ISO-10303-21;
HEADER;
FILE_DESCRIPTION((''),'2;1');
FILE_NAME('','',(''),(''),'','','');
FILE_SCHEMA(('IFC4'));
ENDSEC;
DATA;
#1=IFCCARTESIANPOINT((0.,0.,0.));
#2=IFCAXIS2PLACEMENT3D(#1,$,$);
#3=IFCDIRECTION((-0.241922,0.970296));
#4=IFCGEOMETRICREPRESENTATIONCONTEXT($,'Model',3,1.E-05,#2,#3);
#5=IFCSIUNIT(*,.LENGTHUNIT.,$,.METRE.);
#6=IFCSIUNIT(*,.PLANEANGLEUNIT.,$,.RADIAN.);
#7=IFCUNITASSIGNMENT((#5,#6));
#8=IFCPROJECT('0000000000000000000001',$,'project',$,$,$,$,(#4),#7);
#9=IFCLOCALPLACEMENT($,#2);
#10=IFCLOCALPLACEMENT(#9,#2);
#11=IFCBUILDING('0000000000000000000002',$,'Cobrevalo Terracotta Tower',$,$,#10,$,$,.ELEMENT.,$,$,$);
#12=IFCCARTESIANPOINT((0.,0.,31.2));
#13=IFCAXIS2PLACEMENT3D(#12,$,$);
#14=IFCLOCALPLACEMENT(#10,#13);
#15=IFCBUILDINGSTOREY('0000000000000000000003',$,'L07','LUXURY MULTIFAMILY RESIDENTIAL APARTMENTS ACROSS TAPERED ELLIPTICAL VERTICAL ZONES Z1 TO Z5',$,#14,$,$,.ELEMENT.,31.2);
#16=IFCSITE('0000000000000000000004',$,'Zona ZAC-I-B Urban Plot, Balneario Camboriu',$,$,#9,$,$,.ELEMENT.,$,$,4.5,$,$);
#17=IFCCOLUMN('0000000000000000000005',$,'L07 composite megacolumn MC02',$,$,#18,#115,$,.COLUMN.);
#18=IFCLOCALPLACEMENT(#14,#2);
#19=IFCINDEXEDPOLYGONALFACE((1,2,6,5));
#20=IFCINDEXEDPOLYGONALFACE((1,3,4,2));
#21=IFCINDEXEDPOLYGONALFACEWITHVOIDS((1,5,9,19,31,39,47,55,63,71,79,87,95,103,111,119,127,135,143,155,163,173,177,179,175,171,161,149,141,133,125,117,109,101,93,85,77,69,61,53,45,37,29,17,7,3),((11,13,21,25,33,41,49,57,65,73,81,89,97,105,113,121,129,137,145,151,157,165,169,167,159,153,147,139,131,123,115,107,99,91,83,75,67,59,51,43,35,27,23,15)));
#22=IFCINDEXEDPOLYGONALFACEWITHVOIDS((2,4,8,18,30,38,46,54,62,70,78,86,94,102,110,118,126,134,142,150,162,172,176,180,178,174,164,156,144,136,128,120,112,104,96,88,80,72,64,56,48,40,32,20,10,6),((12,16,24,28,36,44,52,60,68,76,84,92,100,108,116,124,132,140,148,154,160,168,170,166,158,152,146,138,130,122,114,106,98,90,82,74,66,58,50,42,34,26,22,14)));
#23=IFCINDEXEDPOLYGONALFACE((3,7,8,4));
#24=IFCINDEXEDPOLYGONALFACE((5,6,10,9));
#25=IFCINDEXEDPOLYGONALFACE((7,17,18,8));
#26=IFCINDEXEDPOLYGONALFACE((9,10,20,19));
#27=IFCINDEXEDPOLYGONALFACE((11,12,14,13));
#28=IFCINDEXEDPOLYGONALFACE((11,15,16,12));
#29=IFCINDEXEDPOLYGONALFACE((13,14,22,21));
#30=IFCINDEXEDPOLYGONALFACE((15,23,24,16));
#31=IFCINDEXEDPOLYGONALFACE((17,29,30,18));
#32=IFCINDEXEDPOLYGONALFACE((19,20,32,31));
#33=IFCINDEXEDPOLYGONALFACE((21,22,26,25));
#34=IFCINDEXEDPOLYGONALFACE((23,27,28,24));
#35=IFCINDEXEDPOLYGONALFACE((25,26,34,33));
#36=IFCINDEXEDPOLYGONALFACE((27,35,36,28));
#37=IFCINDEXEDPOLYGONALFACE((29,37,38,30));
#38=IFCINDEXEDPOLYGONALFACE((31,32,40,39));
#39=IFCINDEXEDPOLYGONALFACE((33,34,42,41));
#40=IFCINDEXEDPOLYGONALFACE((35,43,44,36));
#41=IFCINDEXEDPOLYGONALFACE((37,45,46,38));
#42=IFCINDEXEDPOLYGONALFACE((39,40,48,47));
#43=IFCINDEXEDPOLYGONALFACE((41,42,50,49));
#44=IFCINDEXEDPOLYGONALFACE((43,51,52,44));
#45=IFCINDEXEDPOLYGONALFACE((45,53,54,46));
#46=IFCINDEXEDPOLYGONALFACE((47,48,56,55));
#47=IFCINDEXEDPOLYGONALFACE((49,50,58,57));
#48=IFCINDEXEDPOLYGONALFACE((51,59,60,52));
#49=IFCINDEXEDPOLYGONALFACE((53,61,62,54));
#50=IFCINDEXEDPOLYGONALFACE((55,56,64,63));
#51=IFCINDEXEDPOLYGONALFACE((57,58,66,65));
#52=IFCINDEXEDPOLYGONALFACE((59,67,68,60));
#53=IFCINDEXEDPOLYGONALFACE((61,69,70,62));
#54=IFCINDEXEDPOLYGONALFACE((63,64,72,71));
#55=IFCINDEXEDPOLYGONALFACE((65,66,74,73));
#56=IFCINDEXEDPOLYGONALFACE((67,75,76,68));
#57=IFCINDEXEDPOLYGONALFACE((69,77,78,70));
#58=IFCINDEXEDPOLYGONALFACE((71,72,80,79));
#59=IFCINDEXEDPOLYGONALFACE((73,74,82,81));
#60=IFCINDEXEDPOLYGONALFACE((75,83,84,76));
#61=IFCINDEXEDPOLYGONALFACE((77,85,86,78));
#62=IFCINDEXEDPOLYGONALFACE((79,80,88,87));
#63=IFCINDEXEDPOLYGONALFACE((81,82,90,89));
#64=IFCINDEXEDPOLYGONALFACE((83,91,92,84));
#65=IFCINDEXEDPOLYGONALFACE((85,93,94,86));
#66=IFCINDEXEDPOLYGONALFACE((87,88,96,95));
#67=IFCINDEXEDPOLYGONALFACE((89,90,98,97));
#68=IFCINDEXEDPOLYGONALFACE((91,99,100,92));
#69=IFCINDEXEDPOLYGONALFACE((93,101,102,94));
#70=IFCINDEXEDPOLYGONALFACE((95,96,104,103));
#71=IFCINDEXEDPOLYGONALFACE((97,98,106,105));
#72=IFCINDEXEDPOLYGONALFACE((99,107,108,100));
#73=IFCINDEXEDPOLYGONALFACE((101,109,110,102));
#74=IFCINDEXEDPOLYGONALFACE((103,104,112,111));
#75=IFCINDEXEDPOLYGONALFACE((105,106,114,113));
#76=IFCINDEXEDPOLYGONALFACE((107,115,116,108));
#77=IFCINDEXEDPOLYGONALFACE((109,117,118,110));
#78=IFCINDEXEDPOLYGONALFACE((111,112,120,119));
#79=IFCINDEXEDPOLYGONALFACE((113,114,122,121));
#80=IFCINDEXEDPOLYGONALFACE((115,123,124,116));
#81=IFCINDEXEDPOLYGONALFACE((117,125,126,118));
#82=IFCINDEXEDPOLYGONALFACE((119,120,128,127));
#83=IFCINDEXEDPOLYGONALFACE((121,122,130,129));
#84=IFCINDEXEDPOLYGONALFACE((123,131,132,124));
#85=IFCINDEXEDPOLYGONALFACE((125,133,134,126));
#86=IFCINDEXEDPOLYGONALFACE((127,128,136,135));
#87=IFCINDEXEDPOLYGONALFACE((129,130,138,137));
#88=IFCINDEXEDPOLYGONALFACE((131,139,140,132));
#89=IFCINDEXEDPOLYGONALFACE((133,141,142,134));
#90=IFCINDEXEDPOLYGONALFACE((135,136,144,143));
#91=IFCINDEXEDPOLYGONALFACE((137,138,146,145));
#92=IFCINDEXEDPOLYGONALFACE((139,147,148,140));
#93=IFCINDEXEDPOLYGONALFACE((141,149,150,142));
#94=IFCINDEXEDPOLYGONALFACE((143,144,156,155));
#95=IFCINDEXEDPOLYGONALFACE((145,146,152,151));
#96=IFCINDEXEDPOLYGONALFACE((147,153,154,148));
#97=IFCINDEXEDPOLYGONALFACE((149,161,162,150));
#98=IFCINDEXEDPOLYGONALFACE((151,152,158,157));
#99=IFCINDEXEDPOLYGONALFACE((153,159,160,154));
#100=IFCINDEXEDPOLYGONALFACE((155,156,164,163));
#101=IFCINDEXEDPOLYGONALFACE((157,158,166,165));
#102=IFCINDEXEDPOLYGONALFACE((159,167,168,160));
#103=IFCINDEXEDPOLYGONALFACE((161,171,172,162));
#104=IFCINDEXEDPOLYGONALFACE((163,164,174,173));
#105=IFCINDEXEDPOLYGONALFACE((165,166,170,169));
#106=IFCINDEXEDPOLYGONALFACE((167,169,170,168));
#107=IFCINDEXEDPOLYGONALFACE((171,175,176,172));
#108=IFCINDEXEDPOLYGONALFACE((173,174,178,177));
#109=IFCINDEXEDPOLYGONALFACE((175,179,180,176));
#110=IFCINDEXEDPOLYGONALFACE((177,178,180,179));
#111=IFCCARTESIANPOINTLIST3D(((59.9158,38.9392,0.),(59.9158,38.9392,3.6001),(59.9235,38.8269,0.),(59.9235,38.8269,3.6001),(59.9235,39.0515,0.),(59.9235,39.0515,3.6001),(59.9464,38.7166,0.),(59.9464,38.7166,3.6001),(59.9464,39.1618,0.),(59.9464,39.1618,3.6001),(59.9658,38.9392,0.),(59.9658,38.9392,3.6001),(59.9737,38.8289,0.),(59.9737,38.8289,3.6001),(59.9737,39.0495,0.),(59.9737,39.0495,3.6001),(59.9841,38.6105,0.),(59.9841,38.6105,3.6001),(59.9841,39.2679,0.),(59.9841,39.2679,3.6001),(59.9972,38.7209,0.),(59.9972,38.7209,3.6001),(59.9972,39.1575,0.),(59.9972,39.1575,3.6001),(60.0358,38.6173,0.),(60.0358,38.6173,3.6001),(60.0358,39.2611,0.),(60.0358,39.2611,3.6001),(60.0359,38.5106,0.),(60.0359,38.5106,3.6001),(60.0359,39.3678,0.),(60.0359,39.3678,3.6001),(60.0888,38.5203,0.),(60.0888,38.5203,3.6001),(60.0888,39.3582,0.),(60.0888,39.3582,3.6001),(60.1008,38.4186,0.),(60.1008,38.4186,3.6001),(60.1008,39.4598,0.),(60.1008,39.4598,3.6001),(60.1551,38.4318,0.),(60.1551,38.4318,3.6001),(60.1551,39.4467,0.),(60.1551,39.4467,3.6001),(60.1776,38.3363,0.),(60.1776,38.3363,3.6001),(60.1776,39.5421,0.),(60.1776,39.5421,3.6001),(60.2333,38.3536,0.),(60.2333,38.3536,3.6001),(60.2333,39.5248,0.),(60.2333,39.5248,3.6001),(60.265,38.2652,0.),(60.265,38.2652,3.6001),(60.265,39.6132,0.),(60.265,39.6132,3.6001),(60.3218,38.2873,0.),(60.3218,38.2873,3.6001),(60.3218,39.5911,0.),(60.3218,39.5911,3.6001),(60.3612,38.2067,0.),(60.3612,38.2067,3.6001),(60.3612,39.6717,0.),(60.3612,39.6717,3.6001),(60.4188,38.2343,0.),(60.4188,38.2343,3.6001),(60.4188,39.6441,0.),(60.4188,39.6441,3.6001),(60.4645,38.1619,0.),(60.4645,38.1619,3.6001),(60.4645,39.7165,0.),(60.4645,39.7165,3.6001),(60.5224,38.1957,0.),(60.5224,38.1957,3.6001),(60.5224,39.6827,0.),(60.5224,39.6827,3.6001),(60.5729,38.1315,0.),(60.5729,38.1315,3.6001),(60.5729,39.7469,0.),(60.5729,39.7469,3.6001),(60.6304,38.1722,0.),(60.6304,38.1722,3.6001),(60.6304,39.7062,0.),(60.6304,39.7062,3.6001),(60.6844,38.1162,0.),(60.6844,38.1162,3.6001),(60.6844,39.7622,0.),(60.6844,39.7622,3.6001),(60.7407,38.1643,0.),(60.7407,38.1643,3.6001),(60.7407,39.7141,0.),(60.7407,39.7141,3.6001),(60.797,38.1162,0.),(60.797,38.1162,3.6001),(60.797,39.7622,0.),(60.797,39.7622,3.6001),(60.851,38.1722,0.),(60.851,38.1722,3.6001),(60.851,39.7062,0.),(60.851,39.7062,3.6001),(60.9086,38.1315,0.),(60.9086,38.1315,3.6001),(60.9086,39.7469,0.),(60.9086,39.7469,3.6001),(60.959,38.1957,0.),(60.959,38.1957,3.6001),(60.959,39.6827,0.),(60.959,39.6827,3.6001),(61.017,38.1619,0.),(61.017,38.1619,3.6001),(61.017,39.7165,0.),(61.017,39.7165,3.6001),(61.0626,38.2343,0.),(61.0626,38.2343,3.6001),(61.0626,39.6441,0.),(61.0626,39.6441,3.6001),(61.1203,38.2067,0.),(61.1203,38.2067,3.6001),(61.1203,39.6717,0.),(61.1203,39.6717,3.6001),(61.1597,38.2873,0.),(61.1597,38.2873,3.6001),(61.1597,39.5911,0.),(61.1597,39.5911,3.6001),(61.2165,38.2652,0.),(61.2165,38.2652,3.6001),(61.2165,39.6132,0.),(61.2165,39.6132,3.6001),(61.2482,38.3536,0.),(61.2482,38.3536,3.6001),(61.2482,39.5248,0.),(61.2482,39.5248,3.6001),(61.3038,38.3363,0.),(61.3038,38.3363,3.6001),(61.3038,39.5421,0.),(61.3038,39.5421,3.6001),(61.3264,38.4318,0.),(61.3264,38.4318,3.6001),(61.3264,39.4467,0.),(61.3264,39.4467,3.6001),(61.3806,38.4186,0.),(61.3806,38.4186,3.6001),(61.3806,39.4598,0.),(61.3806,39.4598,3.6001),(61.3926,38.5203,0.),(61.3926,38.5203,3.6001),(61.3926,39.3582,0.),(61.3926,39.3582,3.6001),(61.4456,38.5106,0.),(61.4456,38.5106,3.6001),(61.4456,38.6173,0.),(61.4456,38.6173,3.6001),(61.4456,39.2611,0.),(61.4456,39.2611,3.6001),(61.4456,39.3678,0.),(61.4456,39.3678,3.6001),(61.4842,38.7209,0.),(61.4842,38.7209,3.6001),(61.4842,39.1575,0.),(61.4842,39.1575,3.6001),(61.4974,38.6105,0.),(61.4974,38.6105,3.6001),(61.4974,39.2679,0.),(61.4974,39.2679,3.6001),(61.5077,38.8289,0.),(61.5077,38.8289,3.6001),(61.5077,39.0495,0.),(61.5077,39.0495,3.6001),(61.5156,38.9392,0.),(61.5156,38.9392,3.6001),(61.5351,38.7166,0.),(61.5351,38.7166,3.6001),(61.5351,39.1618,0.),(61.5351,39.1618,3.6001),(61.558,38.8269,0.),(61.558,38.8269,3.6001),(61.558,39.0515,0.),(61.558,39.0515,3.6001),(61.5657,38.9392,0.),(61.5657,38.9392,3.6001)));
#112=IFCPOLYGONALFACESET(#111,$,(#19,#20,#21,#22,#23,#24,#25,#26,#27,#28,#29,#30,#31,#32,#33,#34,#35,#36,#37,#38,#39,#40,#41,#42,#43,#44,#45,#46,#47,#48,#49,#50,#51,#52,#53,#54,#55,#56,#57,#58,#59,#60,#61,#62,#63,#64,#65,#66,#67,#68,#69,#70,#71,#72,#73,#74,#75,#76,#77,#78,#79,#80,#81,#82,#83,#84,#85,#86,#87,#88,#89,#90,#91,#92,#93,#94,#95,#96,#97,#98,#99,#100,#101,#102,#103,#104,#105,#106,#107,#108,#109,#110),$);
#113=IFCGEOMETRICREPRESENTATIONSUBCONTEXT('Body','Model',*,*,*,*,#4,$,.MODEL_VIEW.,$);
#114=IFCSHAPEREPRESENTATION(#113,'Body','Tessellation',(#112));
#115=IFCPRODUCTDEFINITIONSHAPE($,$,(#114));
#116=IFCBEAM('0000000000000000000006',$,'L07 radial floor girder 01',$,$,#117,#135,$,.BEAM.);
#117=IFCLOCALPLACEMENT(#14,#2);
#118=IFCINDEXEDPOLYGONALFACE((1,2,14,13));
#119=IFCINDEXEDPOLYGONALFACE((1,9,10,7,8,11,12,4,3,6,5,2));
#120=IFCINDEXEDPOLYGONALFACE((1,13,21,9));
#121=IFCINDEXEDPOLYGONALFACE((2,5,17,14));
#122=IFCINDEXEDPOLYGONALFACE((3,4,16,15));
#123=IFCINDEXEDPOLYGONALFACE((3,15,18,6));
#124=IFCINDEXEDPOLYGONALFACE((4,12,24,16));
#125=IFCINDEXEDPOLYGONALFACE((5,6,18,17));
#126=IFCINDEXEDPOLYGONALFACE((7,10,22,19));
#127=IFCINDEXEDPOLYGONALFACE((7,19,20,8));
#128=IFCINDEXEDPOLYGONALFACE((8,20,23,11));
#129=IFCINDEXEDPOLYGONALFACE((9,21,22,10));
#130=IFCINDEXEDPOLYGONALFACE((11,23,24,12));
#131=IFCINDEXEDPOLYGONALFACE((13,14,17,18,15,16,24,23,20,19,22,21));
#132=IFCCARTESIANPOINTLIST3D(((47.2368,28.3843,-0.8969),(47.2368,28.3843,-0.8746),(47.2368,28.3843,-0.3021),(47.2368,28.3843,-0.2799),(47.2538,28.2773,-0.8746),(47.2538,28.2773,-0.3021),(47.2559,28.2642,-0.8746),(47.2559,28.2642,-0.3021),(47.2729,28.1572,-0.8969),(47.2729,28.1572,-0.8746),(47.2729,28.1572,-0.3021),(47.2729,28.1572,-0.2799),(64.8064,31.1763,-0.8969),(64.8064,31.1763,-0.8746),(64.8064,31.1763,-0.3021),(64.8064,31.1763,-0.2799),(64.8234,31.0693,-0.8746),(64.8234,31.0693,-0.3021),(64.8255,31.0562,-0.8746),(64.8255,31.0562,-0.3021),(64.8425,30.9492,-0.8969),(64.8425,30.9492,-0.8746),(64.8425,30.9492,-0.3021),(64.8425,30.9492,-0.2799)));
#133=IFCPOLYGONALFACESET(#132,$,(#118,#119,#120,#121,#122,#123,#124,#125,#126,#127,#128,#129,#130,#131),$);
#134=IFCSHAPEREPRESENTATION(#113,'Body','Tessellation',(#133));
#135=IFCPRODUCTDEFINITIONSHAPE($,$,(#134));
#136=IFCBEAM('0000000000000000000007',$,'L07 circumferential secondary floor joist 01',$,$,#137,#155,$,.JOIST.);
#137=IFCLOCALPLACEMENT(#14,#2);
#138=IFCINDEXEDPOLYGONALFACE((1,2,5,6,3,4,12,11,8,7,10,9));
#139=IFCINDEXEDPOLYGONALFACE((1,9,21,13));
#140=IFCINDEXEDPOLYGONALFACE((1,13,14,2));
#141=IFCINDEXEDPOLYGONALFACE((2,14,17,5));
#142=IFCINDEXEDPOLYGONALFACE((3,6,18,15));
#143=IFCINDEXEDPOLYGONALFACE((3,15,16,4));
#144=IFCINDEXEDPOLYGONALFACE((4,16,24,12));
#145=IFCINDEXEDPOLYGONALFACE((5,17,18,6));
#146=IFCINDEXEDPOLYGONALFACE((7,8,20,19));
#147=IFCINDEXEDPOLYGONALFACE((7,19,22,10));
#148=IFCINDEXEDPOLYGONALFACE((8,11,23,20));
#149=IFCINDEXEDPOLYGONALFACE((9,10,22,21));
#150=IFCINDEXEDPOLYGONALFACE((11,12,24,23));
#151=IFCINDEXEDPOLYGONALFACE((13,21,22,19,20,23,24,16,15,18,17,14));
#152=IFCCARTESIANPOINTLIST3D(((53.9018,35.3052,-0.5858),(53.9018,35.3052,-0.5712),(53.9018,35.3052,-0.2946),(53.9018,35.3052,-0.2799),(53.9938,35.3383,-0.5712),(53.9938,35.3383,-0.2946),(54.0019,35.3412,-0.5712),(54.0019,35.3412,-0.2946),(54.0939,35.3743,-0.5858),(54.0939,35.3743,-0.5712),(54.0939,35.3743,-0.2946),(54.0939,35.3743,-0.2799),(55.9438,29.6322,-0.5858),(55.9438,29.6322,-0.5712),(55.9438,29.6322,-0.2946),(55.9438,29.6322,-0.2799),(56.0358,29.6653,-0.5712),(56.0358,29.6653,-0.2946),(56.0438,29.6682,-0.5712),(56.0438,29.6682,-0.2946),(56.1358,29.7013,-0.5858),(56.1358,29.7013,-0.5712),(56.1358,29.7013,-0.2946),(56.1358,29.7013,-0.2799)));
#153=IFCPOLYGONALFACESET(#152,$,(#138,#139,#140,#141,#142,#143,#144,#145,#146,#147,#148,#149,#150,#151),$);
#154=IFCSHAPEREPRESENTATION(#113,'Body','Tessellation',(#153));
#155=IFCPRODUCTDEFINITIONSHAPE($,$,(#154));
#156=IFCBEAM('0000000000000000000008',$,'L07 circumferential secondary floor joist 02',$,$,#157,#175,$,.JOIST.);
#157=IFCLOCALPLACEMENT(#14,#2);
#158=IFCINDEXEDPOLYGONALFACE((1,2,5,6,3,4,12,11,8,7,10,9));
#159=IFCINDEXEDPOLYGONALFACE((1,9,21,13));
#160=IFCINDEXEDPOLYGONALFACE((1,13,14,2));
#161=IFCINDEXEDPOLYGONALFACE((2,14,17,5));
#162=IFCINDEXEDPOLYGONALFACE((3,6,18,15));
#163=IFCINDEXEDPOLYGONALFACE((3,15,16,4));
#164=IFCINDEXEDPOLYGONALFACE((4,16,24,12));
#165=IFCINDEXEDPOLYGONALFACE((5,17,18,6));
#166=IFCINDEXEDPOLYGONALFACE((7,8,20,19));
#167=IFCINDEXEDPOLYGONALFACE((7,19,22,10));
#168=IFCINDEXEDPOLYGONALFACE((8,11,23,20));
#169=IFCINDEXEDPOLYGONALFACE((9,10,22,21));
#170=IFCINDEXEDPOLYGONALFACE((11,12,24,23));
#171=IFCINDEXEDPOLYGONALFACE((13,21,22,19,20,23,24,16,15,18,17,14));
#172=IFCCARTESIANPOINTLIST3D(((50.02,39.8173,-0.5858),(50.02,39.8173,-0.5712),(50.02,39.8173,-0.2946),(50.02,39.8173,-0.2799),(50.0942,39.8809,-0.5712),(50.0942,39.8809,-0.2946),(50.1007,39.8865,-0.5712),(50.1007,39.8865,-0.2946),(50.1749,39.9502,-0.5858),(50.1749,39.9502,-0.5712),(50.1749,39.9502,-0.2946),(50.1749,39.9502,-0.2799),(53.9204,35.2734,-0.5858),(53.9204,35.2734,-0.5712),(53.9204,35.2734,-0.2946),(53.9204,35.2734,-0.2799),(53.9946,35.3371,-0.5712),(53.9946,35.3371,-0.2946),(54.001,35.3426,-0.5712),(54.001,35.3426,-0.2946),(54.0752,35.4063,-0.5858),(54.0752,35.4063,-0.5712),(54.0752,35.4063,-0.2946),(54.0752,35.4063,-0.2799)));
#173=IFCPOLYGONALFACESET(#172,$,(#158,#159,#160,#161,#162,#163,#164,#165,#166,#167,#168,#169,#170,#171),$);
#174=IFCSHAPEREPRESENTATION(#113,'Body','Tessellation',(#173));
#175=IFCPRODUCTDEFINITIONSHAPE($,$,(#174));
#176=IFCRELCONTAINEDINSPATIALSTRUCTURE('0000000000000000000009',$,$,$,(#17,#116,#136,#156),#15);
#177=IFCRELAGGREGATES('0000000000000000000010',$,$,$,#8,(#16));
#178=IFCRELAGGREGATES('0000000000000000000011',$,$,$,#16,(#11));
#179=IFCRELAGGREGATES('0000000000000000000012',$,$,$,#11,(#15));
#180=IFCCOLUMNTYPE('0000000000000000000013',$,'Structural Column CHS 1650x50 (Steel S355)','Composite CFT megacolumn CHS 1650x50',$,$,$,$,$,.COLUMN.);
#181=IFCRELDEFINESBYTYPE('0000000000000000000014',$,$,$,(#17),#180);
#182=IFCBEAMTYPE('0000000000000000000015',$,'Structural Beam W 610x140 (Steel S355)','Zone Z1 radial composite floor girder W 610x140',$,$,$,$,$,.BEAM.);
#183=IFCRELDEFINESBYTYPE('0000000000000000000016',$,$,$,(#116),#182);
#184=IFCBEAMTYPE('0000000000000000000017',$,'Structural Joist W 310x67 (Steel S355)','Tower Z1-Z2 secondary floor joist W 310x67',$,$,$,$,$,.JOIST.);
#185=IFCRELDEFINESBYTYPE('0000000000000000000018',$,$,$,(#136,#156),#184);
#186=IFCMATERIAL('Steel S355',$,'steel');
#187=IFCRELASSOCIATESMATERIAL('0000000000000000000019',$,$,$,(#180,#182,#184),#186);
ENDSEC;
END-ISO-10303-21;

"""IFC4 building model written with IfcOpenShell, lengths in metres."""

from ifc_helpers import new_model, si_unit, direction, frame, origin, origin_2d, place, context, subcontext, project, spatial, hollow_circle, i_section, extrude, material, material_profile, profile_set, type_object, element, save


model = new_model("IFC4")

# Units and contexts
model_context = context("Model", 3, precision=1e-05, world=origin(), true_north=direction((-0.241922, 0.970296)))
body_context = subcontext(model_context, "Body", "Model", "MODEL_VIEW")
ifc_project = project(units=[si_unit("LENGTHUNIT", "METRE"), si_unit("PLANEANGLEUNIT", "RADIAN")], contexts=[model_context])

# Site, building, storey
site_placement = place(None, origin())
site = spatial("IfcSite", under=ifc_project, at=site_placement, Name="Zona ZAC-I-B Urban Plot, Balneario Camboriu", CompositionType="ELEMENT", RefElevation=4.5)
building_placement = place(site_placement, origin())
building = spatial("IfcBuilding", under=site, at=building_placement, Name="Cobrevalo Terracotta Tower", CompositionType="ELEMENT")
storey_placement = place(building_placement, frame((0.0, 0.0, 31.2)))
storey = spatial("IfcBuildingStorey", under=building, at=storey_placement, Name="L07", Description="LUXURY MULTIFAMILY RESIDENTIAL APARTMENTS ACROSS TAPERED ELLIPTICAL VERTICAL ZONES Z1 TO Z5", CompositionType="ELEMENT", Elevation=31.2)

# Column
ifc_material_1 = material(Name="Steel S355", Category="steel")
ifc_material_profile_1 = material_profile(ifc_material_1, hollow_circle(Radius=0.825, WallThickness=0.05, at=origin_2d()), Name="CHS 1650x50")
ifc_profile_set_1 = profile_set([ifc_material_profile_1], Name="Steel S355")
column_type = type_object("IfcColumnType", Name="Structural Column CHS 1650x50 (Steel S355)", Description="Composite CFT megacolumn CHS 1650x50", PredefinedType="COLUMN", material=ifc_profile_set_1)
for number, where, z_axis, x_axis, name in (
    (1, (60.7407, 38.9392, 0.0), (0.0, 0.0, 1.0), (1.0, 0.0, 0.0), "L07 composite megacolumn MC02"),
):
    element("IfcColumn", number, at=place(storey_placement, frame(where, z_axis=z_axis, x_axis=x_axis)), inside=storey, type_object=column_type, Name=name, PredefinedType="COLUMN", context=body_context, shape_type="SweptSolid", body=[
        extrude(hollow_circle(Radius=0.825, WallThickness=0.05, at=origin_2d()), origin(), (0.0, 0.0, 1.0), 3.6001),
    ])

# Beams
ifc_material_profile_2 = material_profile(ifc_material_1, i_section(OverallWidth=0.23, OverallDepth=0.6169, WebThickness=0.0132, FlangeThickness=0.0222, at=origin_2d()), Name="W 610x140")
ifc_profile_set_2 = profile_set([ifc_material_profile_2], Name="Steel S355")
beam_type_1 = type_object("IfcBeamType", Name="Structural Beam W 610x140 (Steel S355)", Description="Zone Z1 radial composite floor girder W 610x140", PredefinedType="BEAM", material=ifc_profile_set_2)
beam_1_placement = place(storey_placement, frame((64.8245, 31.0627, -0.5884), z_axis=(-0.987608, -0.156941, 0.0), x_axis=(0.156941, -0.987608, 0.0)))
element("IfcBeam", 2, at=beam_1_placement, inside=storey, type_object=beam_type_1, Name="L07 radial floor girder 01", PredefinedType="BEAM", context=body_context, shape_type="SweptSolid", body=[
    extrude(i_section(OverallWidth=0.23, OverallDepth=0.6169, WebThickness=0.0132, FlangeThickness=0.0222, at=origin_2d()), origin(), (0.0, 0.0, 1.0), 17.79),
])
ifc_material_profile_3 = material_profile(ifc_material_1, i_section(OverallWidth=0.2041, OverallDepth=0.3059, WebThickness=0.0085, FlangeThickness=0.0146, at=origin_2d()), Name="W 310x67")
ifc_profile_set_3 = profile_set([ifc_material_profile_3], Name="Steel S355")
beam_type_2 = type_object("IfcBeamType", Name="Structural Joist W 310x67 (Steel S355)", Description="Tower Z1-Z2 secondary floor joist W 310x67", PredefinedType="JOIST", material=ifc_profile_set_3)
beam_2_placement = place(storey_placement, frame((56.0398, 29.6667, -0.4329), z_axis=(-0.338672, 0.940904, 0.0), x_axis=(-0.940904, -0.338672, 0.0)))
element("IfcBeam", 3, at=beam_2_placement, inside=storey, type_object=beam_type_2, Name="L07 circumferential secondary floor joist 01", PredefinedType="JOIST", context=body_context, shape_type="SweptSolid", body=[
    extrude(i_section(OverallWidth=0.2041, OverallDepth=0.3059, WebThickness=0.0085, FlangeThickness=0.0146, at=origin_2d()), origin(), (0.0, 0.0, 1.0), 6.0293),
])
beam_3_placement = place(storey_placement, frame((53.9978, 35.3398, -0.4329), z_axis=(-0.651328, 0.758796, 0.0), x_axis=(-0.758796, -0.651328, 0.0)))
element("IfcBeam", 4, at=beam_3_placement, inside=storey, type_object=beam_type_2, Name="L07 circumferential secondary floor joist 02", PredefinedType="JOIST", context=body_context, shape_type="SweptSolid", body=[
    extrude(i_section(OverallWidth=0.2041, OverallDepth=0.3059, WebThickness=0.0085, FlangeThickness=0.0146, at=origin_2d()), origin(), (0.0, 0.0, 1.0), 5.9883),
])

save(model, "model.ifc")
